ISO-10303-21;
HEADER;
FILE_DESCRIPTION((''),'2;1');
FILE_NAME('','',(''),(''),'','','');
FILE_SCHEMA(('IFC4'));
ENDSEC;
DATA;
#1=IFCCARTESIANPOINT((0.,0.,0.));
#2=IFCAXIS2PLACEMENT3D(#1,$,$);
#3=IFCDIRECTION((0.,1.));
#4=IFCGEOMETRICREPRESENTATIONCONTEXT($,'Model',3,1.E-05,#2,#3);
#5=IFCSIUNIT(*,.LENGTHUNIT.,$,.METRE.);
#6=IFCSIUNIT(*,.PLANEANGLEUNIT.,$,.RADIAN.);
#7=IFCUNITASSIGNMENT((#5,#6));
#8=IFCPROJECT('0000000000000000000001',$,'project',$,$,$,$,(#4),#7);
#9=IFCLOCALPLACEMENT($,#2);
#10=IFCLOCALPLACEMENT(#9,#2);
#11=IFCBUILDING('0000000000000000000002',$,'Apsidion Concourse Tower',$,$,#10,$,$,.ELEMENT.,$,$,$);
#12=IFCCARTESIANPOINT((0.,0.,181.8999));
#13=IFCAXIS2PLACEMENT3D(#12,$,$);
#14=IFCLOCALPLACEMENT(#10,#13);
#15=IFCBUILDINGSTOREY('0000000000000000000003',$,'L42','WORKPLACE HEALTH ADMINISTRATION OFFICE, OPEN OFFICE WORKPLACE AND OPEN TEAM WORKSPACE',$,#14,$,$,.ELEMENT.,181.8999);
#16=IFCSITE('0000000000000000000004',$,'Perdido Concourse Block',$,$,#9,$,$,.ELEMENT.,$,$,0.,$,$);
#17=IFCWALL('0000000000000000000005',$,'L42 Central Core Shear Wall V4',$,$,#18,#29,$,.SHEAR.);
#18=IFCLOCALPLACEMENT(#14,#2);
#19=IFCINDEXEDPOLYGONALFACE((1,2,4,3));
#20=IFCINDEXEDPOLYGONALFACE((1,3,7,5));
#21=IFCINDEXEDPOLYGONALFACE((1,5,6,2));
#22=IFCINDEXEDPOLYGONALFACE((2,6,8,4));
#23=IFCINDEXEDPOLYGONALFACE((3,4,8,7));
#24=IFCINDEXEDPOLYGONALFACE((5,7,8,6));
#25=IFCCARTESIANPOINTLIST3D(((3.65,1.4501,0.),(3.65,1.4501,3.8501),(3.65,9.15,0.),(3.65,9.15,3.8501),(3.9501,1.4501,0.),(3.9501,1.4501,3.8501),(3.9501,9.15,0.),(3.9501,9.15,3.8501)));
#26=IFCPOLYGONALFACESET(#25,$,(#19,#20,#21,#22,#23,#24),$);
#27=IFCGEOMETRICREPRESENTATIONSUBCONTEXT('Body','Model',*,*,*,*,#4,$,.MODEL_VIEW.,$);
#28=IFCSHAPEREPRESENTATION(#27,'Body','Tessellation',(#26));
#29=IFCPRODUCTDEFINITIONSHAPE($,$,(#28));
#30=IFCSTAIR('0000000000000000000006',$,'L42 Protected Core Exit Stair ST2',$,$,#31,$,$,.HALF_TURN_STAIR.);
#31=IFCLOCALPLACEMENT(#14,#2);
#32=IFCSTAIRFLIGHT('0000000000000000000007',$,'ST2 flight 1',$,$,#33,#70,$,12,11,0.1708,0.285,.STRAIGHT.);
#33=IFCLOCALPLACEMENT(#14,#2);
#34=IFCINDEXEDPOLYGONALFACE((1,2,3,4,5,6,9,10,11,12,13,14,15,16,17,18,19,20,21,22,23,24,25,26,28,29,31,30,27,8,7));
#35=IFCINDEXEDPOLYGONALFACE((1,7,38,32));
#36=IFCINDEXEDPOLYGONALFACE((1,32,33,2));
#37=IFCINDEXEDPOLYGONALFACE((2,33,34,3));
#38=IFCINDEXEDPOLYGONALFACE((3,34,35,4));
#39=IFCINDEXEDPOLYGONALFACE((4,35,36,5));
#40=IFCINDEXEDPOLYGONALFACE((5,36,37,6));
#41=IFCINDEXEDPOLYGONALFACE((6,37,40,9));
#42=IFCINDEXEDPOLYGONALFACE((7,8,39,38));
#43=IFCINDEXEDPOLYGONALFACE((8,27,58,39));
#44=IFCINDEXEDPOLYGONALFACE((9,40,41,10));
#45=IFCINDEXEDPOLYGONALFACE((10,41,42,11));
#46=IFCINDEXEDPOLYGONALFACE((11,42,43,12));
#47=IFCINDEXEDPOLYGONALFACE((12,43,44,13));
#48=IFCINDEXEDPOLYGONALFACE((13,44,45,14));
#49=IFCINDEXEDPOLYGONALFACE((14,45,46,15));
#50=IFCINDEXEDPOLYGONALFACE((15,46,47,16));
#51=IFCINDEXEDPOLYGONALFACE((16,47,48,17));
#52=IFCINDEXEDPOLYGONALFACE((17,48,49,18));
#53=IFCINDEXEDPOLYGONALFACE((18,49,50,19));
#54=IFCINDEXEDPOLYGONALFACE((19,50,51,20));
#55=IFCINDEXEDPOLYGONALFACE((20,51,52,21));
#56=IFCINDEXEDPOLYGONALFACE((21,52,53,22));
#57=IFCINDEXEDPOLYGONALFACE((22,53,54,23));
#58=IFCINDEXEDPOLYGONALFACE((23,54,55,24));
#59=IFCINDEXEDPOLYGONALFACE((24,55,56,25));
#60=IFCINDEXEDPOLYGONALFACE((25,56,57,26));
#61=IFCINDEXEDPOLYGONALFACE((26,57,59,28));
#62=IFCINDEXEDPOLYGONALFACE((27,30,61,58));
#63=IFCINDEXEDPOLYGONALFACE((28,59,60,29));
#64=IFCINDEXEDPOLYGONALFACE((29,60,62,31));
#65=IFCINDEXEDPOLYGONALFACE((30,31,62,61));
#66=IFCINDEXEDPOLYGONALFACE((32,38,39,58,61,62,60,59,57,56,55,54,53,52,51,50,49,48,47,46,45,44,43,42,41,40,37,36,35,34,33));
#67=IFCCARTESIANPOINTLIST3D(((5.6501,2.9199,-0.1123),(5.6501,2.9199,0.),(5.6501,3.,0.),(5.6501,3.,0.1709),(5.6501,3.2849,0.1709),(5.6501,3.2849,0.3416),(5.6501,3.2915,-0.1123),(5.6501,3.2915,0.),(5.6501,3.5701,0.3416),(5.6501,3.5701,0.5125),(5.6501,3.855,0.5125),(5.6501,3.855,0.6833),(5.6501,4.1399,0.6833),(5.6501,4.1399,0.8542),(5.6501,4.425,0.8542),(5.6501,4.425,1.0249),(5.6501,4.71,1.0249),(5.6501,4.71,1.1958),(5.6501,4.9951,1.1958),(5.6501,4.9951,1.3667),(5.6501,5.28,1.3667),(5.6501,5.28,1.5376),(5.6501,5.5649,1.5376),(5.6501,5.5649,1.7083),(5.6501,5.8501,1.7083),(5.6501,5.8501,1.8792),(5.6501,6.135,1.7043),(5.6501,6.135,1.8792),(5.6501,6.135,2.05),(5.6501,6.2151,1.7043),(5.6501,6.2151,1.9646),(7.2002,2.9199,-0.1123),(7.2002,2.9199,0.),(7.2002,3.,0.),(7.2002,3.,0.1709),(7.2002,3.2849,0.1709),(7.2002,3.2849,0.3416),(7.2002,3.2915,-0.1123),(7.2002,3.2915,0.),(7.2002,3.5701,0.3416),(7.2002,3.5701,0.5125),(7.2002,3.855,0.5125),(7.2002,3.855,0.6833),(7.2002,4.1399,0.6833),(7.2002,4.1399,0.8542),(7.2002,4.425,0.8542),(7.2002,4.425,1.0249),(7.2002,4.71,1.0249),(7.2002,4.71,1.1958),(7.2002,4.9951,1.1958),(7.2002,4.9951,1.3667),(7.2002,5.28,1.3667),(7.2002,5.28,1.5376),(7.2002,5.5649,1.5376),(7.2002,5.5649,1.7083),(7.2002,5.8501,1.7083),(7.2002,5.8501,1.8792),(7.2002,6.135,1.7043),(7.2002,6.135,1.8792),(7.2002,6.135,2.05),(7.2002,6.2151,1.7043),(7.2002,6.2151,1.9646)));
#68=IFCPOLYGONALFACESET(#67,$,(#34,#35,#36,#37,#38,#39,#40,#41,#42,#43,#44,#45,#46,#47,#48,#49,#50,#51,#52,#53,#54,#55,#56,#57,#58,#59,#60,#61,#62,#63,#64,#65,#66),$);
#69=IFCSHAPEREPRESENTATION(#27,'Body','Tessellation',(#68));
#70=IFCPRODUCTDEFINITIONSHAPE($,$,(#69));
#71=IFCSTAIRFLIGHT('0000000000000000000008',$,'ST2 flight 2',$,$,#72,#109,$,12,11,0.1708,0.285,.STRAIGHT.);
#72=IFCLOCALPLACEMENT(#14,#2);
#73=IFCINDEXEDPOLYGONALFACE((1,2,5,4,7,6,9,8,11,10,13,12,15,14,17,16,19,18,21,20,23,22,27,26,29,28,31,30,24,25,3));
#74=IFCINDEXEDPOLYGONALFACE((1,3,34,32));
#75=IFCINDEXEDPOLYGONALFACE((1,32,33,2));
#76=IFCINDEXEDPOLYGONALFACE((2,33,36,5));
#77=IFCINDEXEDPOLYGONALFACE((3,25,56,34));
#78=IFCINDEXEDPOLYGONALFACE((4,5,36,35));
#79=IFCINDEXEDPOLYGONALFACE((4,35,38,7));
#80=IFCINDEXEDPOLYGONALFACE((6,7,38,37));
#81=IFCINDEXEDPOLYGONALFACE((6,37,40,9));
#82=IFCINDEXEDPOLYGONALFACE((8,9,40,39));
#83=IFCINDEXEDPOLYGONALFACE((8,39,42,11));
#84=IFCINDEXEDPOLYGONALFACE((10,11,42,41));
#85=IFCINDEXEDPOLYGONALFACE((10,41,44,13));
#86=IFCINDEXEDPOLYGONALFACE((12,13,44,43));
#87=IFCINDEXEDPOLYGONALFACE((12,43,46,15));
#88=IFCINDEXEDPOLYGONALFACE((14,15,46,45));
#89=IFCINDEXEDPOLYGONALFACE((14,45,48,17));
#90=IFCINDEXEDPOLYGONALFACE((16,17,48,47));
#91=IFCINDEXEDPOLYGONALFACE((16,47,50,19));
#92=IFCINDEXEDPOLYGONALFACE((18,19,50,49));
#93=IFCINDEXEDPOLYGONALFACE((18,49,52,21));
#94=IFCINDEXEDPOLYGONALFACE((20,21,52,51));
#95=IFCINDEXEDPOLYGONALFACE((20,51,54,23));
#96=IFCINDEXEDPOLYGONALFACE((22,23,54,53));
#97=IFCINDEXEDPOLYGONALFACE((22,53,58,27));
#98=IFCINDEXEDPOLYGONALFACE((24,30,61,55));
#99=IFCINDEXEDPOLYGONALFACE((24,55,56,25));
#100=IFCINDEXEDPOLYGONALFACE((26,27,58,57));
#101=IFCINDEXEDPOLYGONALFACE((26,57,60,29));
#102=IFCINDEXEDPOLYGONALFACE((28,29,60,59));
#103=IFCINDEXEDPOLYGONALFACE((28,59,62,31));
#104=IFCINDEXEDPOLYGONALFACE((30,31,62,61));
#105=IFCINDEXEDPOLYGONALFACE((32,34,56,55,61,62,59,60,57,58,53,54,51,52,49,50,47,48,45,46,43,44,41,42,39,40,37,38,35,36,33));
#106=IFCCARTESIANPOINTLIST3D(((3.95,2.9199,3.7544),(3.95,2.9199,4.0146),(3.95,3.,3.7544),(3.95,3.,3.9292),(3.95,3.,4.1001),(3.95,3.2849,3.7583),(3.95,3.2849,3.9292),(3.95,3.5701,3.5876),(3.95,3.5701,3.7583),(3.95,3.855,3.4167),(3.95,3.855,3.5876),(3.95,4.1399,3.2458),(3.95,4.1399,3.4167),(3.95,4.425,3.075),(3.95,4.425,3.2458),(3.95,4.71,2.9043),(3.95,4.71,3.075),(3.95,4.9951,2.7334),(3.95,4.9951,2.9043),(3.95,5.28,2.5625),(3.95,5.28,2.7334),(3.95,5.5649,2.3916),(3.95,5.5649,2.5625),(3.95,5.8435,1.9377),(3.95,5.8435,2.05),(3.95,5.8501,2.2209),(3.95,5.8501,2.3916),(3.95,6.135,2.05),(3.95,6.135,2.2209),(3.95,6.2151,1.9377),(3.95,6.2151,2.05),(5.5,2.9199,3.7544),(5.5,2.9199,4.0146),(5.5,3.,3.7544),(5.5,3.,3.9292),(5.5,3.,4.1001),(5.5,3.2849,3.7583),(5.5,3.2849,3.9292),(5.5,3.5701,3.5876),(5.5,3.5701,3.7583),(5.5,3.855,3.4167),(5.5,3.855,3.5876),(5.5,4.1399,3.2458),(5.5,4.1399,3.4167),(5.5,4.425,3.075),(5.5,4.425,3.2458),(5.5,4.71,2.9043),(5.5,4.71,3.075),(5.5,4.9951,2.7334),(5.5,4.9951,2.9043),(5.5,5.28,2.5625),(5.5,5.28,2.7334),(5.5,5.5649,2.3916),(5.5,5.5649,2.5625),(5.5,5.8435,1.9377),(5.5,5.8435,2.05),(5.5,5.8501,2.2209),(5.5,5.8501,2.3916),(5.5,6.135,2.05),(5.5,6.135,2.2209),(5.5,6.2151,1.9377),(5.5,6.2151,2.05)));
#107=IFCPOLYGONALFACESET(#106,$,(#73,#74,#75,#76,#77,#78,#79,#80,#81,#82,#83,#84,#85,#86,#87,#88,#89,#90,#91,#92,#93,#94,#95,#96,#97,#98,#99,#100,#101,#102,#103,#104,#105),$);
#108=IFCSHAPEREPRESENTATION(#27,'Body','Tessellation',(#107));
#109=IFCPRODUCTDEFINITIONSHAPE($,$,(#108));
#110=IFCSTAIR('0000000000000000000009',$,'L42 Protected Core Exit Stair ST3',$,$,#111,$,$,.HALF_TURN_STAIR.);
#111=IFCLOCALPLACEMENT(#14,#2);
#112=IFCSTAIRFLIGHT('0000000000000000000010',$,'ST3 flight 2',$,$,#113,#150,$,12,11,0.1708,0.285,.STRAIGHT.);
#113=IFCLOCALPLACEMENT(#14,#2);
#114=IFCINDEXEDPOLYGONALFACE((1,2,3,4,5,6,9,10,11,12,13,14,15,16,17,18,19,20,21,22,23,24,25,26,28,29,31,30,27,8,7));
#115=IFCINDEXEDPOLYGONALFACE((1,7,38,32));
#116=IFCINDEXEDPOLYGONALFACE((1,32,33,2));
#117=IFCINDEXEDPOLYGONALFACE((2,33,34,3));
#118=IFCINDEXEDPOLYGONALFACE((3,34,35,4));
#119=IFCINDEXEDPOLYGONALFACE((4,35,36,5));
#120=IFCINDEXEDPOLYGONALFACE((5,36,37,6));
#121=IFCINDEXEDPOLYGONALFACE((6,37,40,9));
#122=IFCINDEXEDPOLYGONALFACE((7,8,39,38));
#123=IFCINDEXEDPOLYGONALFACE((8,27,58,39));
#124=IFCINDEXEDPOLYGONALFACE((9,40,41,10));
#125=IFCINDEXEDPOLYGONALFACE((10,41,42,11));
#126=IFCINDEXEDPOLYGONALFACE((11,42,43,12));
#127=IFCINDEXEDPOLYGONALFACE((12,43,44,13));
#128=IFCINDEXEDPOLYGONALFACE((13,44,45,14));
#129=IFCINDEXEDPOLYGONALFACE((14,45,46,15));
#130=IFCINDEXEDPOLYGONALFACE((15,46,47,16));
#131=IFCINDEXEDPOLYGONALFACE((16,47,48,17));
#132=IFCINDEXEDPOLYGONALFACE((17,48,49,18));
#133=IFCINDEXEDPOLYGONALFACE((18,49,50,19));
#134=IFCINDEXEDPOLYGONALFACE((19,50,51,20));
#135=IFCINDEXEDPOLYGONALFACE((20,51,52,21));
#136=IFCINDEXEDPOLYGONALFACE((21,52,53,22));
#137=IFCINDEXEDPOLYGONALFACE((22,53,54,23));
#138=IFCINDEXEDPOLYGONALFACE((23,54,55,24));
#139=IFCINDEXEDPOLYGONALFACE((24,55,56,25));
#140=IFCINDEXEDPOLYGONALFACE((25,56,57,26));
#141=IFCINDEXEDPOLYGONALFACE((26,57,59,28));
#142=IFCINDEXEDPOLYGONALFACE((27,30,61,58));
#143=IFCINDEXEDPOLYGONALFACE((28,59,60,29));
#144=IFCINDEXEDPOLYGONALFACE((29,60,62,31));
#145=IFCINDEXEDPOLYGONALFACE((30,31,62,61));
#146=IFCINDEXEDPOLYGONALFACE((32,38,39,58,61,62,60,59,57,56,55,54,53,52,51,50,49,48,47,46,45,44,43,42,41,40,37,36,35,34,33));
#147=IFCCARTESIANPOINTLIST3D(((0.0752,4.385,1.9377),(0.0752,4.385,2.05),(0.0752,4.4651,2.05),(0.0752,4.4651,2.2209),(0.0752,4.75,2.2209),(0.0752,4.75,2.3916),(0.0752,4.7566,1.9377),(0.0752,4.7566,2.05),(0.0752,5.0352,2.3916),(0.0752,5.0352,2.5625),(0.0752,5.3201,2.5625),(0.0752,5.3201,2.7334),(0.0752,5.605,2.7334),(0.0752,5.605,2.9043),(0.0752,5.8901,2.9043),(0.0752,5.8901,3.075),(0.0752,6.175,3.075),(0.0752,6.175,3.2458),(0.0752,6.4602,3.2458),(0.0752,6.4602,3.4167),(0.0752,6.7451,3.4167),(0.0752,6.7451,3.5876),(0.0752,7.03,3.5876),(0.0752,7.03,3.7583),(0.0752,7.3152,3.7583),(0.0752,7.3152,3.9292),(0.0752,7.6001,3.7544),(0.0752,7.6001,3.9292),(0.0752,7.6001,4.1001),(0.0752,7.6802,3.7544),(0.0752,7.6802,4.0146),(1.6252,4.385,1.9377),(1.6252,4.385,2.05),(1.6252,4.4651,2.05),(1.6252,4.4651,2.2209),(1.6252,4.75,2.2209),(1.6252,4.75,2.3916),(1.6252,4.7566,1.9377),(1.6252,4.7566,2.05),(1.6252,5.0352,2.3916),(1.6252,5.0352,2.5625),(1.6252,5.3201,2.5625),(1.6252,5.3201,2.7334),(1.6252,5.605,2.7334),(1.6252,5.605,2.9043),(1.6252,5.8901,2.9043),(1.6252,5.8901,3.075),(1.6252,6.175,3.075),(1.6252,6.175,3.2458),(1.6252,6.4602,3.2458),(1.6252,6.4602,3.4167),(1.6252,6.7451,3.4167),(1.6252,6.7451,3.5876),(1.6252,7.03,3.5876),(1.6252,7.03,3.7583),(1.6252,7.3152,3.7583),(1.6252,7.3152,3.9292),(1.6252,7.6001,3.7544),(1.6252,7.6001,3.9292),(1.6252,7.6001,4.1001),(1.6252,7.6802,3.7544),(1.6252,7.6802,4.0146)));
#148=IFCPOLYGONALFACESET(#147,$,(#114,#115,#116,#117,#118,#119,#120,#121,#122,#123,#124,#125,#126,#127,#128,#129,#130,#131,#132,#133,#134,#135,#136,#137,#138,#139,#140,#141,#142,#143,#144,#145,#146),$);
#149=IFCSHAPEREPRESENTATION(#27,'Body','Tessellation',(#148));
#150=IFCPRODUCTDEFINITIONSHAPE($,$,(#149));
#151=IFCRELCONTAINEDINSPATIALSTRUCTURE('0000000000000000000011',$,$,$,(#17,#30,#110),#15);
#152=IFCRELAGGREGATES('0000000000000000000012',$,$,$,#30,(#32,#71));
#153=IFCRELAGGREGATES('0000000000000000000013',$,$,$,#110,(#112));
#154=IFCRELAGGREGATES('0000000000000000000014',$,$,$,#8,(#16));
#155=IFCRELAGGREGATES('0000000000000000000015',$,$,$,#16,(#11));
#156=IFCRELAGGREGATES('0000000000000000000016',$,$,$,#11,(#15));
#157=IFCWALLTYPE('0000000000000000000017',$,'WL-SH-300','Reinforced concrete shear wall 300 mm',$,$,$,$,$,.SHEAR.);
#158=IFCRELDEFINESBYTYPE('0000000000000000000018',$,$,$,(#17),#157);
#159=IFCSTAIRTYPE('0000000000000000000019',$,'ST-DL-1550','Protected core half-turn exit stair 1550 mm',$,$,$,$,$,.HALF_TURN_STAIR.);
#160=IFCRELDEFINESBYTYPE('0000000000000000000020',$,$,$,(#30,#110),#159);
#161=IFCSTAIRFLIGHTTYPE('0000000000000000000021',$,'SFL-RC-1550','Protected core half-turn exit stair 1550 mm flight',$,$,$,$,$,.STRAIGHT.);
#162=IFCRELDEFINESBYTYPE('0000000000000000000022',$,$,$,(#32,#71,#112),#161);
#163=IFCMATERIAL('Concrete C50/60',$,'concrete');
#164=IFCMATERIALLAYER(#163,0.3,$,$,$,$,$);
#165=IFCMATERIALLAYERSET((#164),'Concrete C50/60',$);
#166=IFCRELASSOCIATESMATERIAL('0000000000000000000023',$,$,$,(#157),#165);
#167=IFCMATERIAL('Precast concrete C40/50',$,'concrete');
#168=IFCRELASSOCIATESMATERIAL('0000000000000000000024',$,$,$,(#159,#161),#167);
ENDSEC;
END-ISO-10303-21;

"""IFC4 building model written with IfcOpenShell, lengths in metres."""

from ifc_helpers import new_model, si_unit, direction, frame, frame_2d, origin, place, context, subcontext, project, spatial, polyline, rectangle, outline, extrude, material, layer, layer_set, type_object, element, aggregate, save


model = new_model("IFC4")

# Units and contexts
model_context = context("Model", 3, precision=1e-05, world=origin(), true_north=direction((0.0, 1.0)))
body_context = subcontext(model_context, "Body", "Model", "MODEL_VIEW")
ifc_project = project(units=[si_unit("LENGTHUNIT", "METRE"), si_unit("PLANEANGLEUNIT", "RADIAN")], contexts=[model_context])

# Site, building, storey
site_placement = place(None, origin())
site = spatial("IfcSite", under=ifc_project, at=site_placement, Name="Perdido Concourse Block", CompositionType="ELEMENT", RefElevation=0.0)
building_placement = place(site_placement, origin())
building = spatial("IfcBuilding", under=site, at=building_placement, Name="Apsidion Concourse Tower", CompositionType="ELEMENT")
storey_placement = place(building_placement, frame((0.0, 0.0, 181.8999)))
storey = spatial("IfcBuildingStorey", under=building, at=storey_placement, Name="L42", Description="WORKPLACE HEALTH ADMINISTRATION OFFICE, OPEN OFFICE WORKPLACE AND OPEN TEAM WORKSPACE", CompositionType="ELEMENT", Elevation=181.8999)

# Shared definitions
ifc_material_1 = material(Name="Concrete C50/60", Category="concrete")

# Wall
ifc_layer_1 = layer(ifc_material_1, 0.3)
ifc_layer_set_1 = layer_set([ifc_layer_1], Name="Concrete C50/60")
wall_type_1 = type_object("IfcWallType", Name="WL-SH-300", Description="Reinforced concrete shear wall 300 mm", PredefinedType="SHEAR", material=ifc_layer_set_1)
for number, where, z_axis, x_axis, name in (
    (1, (3.8, 1.45, 0.0), (0.0, 0.0, 1.0), (0.0, 1.0, 0.0), "L42 Central Core Shear Wall V4"),
):
    element("IfcWall", number, at=place(storey_placement, frame(where, z_axis=z_axis, x_axis=x_axis)), inside=storey, type_object=wall_type_1, Name=name, PredefinedType="SHEAR", context=body_context, shape_type="SweptSolid", body=[
        extrude(rectangle(XDim=7.7, YDim=0.3, at=frame_2d((3.8501, 0.0))), origin(), (0.0, 0.0, 1.0), 3.8501),
    ])

# Stair, stair flights
ifc_material_2 = material(Name="Precast concrete C40/50", Category="concrete")
stair_type = type_object("IfcStairType", Name="ST-DL-1550", Description="Protected core half-turn exit stair 1550 mm", PredefinedType="HALF_TURN_STAIR", material=ifc_material_2)
stair_1_placement = place(storey_placement, origin())
stair_1 = element("IfcStair", 2, at=stair_1_placement, inside=storey, type_object=stair_type, Name="L42 Protected Core Exit Stair ST2", PredefinedType="HALF_TURN_STAIR")
stair_flight_type = type_object("IfcStairFlightType", Name="SFL-RC-1550", Description="Protected core half-turn exit stair 1550 mm flight", PredefinedType="STRAIGHT", material=ifc_material_2)
stair_flight_1_placement = place(storey_placement, frame((6.425, 3.0, 0.0), z_axis=(0.0, 0.0, 1.0), x_axis=(0.0, 1.0, 0.0)))
stair_flight_1 = element("IfcStairFlight", 3, at=stair_flight_1_placement, type_object=stair_flight_type, Name="ST2 flight 1", NumberOfRisers=12, NumberOfTreads=11, PredefinedType="STRAIGHT", RiserHeight=0.1708, TreadLength=0.285, context=body_context, shape_type="SweptSolid", body=[
    extrude(outline(polyline([(-0.0801, -0.1123), (-0.0801, 0.0), (0.0, 0.0), (0.0, 0.1709), (0.2849, 0.1709), (0.2849, 0.3416), (0.5701, 0.3416), (0.5701, 0.5125), (0.855, 0.5125), (0.855, 0.6833), (1.1399, 0.6833), (1.1399, 0.8542), (1.425, 0.8542), (1.425, 1.0249), (1.71, 1.0249), (1.71, 1.1958), (1.9951, 1.1958), (1.9951, 1.3667), (2.28, 1.3667), (2.28, 1.5376), (2.5649, 1.5376), (2.5649, 1.7083), (2.8501, 1.7083), (2.8501, 1.8792), (3.135, 1.8792), (3.135, 2.05), (3.2151, 1.9646), (3.2151, 1.7043), (3.135, 1.7043), (0.2915, 0.0), (0.2915, -0.1123), (-0.0801, -0.1123)])), frame((0.0, 0.7749, 0.0), z_axis=(0.0, -1.0, 0.0), x_axis=(1.0, 0.0, 0.0)), (0.0, 0.0, 1.0), 1.55),
])
stair_flight_2_placement = place(storey_placement, frame((4.7251, 6.135, 2.05), z_axis=(0.0, 0.0, 1.0), x_axis=(0.0, -1.0, 0.0)))
stair_flight_2 = element("IfcStairFlight", 4, at=stair_flight_2_placement, type_object=stair_flight_type, Name="ST2 flight 2", NumberOfRisers=12, NumberOfTreads=11, PredefinedType="STRAIGHT", RiserHeight=0.1708, TreadLength=0.285, context=body_context, shape_type="SweptSolid", body=[
    extrude(outline(polyline([(-0.0801, -0.1123), (-0.0801, 0.0), (0.0, 0.0), (0.0, 0.1709), (0.2849, 0.1709), (0.2849, 0.3416), (0.5701, 0.3416), (0.5701, 0.5125), (0.855, 0.5125), (0.855, 0.6833), (1.1399, 0.6833), (1.1399, 0.8542), (1.425, 0.8542), (1.425, 1.0249), (1.71, 1.0249), (1.71, 1.1958), (1.9951, 1.1958), (1.9951, 1.3667), (2.28, 1.3667), (2.28, 1.5376), (2.5649, 1.5376), (2.5649, 1.7083), (2.8501, 1.7083), (2.8501, 1.8792), (3.135, 1.8792), (3.135, 2.05), (3.2151, 1.9646), (3.2151, 1.7043), (3.135, 1.7043), (0.2915, 0.0), (0.2915, -0.1123), (-0.0801, -0.1123)])), frame((0.0, 0.7749, 0.0), z_axis=(0.0, -1.0, 0.0), x_axis=(1.0, 0.0, 0.0)), (0.0, 0.0, 1.0), 1.55),
])
aggregate(stair_1, [stair_flight_1, stair_flight_2])

# Stair, stair flight
stair_2_placement = place(storey_placement, origin())
stair_2 = element("IfcStair", 5, at=stair_2_placement, inside=storey, type_object=stair_type, Name="L42 Protected Core Exit Stair ST3", PredefinedType="HALF_TURN_STAIR")
stair_flight_3_placement = place(storey_placement, frame((0.8501, 4.4651, 2.05), z_axis=(0.0, 0.0, 1.0), x_axis=(0.0, 1.0, 0.0)))
stair_flight_3 = element("IfcStairFlight", 6, at=stair_flight_3_placement, type_object=stair_flight_type, Name="ST3 flight 2", NumberOfRisers=12, NumberOfTreads=11, PredefinedType="STRAIGHT", RiserHeight=0.1708, TreadLength=0.285, context=body_context, shape_type="SweptSolid", body=[
    extrude(outline(polyline([(-0.0801, -0.1123), (-0.0801, 0.0), (0.0, 0.0), (0.0, 0.1709), (0.2849, 0.1709), (0.2849, 0.3416), (0.5701, 0.3416), (0.5701, 0.5125), (0.855, 0.5125), (0.855, 0.6833), (1.1399, 0.6833), (1.1399, 0.8542), (1.425, 0.8542), (1.425, 1.0249), (1.71, 1.0249), (1.71, 1.1958), (1.9951, 1.1958), (1.9951, 1.3667), (2.28, 1.3667), (2.28, 1.5376), (2.5649, 1.5376), (2.5649, 1.7083), (2.8501, 1.7083), (2.8501, 1.8792), (3.135, 1.8792), (3.135, 2.05), (3.2151, 1.9646), (3.2151, 1.7043), (3.135, 1.7043), (0.2915, 0.0), (0.2915, -0.1123), (-0.0801, -0.1123)])), frame((0.0, 0.7749, 0.0), z_axis=(0.0, -1.0, 0.0), x_axis=(1.0, 0.0, 0.0)), (0.0, 0.0, 1.0), 1.55),
])
aggregate(stair_2, [stair_flight_3])

save(model, "model.ifc")
